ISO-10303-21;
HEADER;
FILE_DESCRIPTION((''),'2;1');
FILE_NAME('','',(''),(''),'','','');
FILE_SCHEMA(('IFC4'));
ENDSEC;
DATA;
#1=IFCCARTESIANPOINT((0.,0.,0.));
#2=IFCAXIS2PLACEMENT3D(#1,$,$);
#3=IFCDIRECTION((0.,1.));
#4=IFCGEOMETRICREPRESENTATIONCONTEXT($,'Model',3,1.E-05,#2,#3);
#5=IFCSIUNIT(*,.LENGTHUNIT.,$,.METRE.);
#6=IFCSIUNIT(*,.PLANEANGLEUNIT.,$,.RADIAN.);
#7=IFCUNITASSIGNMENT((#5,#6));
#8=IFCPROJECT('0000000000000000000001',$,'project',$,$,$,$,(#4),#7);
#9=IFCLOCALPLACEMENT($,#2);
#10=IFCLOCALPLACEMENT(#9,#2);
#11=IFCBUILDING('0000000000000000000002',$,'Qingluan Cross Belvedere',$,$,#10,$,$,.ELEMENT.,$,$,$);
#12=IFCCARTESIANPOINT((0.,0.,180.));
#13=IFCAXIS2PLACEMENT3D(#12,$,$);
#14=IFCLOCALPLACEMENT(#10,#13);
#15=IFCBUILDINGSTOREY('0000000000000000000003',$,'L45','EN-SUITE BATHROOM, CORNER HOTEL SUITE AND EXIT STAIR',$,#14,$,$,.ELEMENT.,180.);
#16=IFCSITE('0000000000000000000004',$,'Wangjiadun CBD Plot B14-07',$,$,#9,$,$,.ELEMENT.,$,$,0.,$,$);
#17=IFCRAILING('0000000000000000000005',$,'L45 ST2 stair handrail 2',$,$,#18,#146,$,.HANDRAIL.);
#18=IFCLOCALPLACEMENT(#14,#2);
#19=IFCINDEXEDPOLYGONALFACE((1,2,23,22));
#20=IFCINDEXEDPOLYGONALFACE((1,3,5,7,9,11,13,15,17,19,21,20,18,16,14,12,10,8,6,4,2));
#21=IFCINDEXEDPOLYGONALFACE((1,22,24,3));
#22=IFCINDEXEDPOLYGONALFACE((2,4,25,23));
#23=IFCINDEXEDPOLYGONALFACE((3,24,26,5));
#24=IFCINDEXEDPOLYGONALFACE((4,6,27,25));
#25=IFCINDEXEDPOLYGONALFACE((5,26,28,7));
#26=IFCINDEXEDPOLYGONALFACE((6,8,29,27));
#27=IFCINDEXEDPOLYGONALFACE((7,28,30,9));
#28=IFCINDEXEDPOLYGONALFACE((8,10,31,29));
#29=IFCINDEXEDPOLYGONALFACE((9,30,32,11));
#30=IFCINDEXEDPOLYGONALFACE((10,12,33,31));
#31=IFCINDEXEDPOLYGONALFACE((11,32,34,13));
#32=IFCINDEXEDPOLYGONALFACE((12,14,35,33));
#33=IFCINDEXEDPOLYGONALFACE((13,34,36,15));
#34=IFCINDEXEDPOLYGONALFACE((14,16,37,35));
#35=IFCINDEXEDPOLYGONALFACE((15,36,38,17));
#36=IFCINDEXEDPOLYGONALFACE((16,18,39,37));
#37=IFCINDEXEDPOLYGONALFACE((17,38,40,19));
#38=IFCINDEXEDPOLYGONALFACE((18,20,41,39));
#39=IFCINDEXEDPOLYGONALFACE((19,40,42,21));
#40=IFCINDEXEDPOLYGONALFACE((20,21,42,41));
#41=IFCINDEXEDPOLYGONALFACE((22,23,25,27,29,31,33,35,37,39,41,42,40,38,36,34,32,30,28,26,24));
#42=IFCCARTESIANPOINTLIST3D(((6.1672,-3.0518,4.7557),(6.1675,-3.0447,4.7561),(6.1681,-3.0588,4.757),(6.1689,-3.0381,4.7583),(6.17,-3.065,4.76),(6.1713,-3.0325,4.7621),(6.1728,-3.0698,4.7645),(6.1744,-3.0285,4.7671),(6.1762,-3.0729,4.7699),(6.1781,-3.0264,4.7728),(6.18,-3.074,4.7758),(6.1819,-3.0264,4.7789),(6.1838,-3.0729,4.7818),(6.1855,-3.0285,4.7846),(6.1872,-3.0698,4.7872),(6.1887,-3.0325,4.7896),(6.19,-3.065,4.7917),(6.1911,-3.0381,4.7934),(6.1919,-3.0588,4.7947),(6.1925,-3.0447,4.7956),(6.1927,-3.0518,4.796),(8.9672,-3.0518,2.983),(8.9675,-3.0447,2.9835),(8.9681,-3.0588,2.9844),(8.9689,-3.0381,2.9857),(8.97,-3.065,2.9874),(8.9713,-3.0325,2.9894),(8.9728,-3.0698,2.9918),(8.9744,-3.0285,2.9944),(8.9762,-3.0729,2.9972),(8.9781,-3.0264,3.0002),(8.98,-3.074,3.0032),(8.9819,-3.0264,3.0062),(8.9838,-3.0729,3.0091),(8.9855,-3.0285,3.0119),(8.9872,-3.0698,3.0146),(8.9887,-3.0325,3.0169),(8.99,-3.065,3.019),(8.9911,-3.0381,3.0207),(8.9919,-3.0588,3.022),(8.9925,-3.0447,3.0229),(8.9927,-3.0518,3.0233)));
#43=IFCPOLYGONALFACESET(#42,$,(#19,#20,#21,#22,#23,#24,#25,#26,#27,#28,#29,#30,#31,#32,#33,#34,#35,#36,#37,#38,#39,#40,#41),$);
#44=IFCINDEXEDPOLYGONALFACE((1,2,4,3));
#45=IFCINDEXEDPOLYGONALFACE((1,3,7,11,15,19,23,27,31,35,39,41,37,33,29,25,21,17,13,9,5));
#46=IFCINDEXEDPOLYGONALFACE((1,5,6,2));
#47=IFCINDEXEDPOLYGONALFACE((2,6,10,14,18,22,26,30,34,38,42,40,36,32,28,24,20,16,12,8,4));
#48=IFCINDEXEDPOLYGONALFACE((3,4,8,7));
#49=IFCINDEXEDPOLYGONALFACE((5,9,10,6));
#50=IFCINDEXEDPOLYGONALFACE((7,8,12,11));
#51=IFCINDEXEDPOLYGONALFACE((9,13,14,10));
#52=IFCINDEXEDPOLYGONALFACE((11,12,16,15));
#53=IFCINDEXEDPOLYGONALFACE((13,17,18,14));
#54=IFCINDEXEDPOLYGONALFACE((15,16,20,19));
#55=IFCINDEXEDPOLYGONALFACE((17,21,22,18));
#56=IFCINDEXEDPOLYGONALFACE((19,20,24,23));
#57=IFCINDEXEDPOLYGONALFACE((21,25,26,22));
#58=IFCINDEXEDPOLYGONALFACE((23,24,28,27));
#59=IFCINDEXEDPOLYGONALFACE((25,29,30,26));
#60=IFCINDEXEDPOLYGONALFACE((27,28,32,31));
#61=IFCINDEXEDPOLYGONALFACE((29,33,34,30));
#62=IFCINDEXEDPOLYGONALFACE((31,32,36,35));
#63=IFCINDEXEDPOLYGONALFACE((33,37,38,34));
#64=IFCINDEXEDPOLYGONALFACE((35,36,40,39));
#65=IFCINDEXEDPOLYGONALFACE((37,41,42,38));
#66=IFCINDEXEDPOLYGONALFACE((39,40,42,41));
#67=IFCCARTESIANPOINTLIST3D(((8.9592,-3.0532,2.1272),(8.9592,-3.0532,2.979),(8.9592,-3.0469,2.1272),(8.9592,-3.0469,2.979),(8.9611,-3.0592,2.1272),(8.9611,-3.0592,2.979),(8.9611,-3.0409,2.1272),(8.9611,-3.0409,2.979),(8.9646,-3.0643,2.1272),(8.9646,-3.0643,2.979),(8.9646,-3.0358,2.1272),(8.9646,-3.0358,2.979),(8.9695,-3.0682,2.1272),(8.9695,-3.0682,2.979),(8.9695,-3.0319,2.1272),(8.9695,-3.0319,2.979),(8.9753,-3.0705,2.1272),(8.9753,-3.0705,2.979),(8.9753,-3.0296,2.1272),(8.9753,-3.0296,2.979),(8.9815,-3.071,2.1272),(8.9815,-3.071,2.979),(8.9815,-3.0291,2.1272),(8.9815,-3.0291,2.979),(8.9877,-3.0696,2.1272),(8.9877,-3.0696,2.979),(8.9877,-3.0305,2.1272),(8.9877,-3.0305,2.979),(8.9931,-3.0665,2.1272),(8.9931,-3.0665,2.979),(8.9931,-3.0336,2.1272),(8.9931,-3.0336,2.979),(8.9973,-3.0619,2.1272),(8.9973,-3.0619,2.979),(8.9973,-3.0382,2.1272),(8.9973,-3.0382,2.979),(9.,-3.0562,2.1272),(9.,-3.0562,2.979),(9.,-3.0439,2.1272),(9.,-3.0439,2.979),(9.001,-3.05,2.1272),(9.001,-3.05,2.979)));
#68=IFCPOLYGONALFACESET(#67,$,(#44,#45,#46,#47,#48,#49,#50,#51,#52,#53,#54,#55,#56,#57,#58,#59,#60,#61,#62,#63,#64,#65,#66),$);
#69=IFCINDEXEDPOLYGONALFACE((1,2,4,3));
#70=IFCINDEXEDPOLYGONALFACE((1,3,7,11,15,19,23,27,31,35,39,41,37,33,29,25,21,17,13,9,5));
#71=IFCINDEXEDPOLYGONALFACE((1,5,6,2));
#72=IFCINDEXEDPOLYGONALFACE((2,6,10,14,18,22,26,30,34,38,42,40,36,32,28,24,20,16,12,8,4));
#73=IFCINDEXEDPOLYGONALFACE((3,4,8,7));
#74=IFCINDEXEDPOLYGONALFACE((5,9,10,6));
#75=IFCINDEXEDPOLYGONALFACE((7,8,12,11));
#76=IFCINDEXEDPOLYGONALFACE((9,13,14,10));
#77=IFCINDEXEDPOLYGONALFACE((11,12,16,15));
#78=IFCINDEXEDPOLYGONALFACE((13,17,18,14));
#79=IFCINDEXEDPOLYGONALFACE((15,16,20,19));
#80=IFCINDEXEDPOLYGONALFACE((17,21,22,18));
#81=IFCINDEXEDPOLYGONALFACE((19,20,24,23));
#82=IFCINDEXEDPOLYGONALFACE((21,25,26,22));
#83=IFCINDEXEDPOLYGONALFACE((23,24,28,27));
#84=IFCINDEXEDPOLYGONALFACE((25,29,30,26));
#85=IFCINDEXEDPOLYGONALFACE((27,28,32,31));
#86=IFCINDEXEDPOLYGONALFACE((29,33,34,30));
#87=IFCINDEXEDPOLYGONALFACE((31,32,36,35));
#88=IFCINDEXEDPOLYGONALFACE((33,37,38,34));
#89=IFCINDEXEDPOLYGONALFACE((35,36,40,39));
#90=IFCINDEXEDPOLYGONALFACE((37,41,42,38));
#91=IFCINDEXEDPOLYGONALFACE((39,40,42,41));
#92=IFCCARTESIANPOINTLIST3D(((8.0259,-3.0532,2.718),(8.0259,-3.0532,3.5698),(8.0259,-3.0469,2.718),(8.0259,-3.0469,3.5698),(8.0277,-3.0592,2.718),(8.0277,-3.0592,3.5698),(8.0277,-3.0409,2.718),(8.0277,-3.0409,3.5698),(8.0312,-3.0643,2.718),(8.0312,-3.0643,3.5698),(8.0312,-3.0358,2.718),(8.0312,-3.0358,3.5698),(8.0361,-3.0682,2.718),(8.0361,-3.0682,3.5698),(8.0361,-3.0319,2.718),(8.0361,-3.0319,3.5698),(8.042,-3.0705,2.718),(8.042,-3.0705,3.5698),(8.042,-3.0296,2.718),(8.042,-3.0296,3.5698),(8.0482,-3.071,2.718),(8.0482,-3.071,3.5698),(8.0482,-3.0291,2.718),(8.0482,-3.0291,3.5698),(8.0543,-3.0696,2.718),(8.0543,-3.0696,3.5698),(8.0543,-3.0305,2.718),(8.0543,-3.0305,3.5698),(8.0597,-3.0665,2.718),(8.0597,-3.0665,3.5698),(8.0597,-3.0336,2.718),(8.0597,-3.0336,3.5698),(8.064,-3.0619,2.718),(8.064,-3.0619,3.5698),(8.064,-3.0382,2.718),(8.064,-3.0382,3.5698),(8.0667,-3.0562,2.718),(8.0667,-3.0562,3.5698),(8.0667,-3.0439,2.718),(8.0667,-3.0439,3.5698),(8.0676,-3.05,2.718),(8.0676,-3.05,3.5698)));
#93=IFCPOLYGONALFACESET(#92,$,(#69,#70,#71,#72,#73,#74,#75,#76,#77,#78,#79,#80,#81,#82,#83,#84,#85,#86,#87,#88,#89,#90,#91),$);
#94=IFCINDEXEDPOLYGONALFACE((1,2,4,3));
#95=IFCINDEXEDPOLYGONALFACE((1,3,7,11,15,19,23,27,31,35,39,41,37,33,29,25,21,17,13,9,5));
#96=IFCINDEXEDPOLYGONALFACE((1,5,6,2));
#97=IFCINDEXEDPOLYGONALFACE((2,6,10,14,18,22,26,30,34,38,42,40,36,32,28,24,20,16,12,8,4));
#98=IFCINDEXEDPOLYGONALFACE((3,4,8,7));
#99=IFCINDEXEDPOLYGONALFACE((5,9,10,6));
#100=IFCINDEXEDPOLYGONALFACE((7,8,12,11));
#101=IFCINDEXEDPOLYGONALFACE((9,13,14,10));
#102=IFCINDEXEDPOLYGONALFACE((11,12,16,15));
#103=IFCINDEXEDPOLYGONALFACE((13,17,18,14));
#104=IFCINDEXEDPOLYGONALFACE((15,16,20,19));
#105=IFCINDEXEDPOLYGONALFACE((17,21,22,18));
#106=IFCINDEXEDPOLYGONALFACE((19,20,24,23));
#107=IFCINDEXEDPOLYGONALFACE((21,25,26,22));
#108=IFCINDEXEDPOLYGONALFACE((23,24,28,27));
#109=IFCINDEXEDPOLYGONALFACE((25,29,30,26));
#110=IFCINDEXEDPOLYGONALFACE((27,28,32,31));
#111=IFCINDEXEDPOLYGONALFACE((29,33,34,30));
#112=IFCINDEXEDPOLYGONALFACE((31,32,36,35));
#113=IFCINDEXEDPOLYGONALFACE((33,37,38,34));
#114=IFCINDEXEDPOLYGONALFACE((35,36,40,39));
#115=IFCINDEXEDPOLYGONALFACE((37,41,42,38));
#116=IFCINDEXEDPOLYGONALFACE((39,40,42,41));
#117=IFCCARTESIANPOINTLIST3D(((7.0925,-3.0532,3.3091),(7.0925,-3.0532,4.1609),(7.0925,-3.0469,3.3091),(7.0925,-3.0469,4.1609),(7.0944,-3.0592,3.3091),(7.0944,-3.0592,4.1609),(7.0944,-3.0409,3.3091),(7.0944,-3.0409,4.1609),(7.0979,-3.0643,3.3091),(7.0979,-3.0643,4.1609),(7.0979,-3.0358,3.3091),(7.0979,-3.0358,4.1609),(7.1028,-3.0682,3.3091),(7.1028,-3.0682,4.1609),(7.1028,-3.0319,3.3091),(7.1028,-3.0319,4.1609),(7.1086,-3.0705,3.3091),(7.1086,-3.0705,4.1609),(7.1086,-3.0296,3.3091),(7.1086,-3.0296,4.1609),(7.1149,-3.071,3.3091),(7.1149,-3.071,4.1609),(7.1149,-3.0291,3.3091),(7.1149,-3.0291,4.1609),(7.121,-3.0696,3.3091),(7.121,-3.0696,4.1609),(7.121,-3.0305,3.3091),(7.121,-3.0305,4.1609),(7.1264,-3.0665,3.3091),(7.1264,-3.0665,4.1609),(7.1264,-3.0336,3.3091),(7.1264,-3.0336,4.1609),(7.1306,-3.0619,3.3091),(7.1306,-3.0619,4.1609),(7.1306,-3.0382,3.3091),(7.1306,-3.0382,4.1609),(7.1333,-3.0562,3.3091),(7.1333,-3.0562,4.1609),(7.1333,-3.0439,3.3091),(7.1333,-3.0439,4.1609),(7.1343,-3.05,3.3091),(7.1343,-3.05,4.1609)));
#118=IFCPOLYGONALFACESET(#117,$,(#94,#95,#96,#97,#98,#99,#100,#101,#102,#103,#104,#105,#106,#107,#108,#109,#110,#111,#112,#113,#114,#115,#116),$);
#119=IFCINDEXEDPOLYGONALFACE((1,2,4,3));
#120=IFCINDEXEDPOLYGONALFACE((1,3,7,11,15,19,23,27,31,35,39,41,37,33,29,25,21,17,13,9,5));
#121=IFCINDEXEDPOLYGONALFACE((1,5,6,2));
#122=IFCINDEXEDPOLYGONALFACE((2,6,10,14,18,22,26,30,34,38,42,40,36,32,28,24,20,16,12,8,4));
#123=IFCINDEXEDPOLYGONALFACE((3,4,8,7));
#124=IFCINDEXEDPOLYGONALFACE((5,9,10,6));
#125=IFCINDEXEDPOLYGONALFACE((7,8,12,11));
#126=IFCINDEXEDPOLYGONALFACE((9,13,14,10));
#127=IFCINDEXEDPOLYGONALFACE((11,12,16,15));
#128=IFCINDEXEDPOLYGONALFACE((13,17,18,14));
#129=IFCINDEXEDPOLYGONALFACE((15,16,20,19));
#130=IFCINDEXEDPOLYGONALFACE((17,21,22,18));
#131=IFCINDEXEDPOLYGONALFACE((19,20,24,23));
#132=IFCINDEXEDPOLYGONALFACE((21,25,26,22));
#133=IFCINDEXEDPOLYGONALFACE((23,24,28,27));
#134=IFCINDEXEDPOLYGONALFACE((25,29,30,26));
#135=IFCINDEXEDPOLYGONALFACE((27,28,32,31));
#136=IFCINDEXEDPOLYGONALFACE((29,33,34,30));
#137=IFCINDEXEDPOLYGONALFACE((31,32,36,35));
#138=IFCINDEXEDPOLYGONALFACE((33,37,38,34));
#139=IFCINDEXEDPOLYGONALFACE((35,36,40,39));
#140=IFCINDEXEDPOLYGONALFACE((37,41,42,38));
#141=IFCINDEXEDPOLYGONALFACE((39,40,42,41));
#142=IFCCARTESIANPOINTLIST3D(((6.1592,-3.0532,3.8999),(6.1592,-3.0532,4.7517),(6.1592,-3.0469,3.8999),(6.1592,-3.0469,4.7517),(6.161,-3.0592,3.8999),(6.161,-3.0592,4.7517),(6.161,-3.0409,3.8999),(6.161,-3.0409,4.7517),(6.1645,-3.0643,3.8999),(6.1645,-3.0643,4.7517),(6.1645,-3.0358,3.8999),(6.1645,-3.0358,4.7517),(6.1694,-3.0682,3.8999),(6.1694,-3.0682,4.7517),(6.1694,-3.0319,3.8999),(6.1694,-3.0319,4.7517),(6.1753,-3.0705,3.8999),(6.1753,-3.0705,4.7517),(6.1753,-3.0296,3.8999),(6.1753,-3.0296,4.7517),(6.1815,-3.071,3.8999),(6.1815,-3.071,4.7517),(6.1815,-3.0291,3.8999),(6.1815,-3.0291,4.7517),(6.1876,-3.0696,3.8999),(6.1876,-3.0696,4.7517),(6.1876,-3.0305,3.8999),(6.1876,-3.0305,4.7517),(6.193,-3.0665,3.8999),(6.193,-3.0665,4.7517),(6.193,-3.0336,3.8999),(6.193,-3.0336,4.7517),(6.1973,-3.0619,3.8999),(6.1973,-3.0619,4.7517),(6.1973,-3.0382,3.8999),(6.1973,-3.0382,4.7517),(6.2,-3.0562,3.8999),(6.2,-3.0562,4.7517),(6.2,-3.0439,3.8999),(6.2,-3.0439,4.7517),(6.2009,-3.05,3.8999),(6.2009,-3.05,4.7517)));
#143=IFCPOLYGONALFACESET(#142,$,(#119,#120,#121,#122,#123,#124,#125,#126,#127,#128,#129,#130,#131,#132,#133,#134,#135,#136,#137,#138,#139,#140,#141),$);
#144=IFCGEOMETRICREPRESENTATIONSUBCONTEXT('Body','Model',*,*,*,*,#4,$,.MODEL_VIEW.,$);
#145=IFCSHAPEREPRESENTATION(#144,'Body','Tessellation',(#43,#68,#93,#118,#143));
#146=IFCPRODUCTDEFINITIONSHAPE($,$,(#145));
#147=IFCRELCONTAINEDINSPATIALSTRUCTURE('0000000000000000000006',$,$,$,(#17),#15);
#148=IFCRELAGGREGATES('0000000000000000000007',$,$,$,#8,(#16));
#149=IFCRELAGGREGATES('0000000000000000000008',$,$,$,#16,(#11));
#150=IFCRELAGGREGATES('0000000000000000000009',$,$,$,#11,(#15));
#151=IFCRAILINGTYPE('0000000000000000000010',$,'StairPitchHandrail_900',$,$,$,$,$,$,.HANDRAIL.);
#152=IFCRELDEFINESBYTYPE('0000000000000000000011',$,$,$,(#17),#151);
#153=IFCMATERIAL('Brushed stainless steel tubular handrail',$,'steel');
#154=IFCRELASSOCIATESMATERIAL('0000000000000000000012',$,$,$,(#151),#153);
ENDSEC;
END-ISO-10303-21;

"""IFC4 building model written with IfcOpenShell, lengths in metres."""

from ifc_helpers import new_model, si_unit, direction, frame, origin, origin_2d, place, context, subcontext, project, spatial, circle, extrude, material, type_object, element, save


model = new_model("IFC4")

# Units and contexts
model_context = context("Model", 3, precision=1e-05, world=origin(), true_north=direction((0.0, 1.0)))
body_context = subcontext(model_context, "Body", "Model", "MODEL_VIEW")
ifc_project = project(units=[si_unit("LENGTHUNIT", "METRE"), si_unit("PLANEANGLEUNIT", "RADIAN")], contexts=[model_context])

# Site, building, storey
site_placement = place(None, origin())
site = spatial("IfcSite", under=ifc_project, at=site_placement, Name="Wangjiadun CBD Plot B14-07", CompositionType="ELEMENT", RefElevation=0.0)
building_placement = place(site_placement, origin())
building = spatial("IfcBuilding", under=site, at=building_placement, Name="Qingluan Cross Belvedere", CompositionType="ELEMENT")
storey_placement = place(building_placement, frame((0.0, 0.0, 180.0)))
storey = spatial("IfcBuildingStorey", under=building, at=storey_placement, Name="L45", Description="EN-SUITE BATHROOM, CORNER HOTEL SUITE AND EXIT STAIR", CompositionType="ELEMENT", Elevation=180.0)

# Railing
ifc_material_1 = material(Name="Brushed stainless steel tubular handrail", Category="steel")
railing_type_1 = type_object("IfcRailingType", Name="StairPitchHandrail_900", PredefinedType="HANDRAIL", material=ifc_material_1)
railing_1_placement = place(storey_placement, frame((8.98, -3.05, 2.1272)))
element("IfcRailing", 1, at=railing_1_placement, inside=storey, type_object=railing_type_1, Name="L45 ST2 stair handrail 2", PredefinedType="HANDRAIL", context=body_context, shape_type="SweptSolid", body=[
    extrude(circle(Radius=0.0239, at=origin_2d()), frame((0.0, 0.0, 0.876), z_axis=(-0.844909, 0.0, 0.53491), x_axis=(0.0, -1.0, 0.0)), (0.0, 0.0, 1.0), 3.314),
    extrude(circle(Radius=0.021, at=origin_2d()), origin(), (0.0, 0.0, 1.0), 0.8518),
    extrude(circle(Radius=0.021, at=origin_2d()), frame((-0.9333, 0.0, 0.5908)), (0.0, 0.0, 1.0), 0.8518),
    extrude(circle(Radius=0.021, at=origin_2d()), frame((-1.8667, 0.0, 1.1819)), (0.0, 0.0, 1.0), 0.8518),
    extrude(circle(Radius=0.021, at=origin_2d()), frame((-2.8, 0.0, 1.7727)), (0.0, 0.0, 1.0), 0.8518),
])

save(model, "model.ifc")
